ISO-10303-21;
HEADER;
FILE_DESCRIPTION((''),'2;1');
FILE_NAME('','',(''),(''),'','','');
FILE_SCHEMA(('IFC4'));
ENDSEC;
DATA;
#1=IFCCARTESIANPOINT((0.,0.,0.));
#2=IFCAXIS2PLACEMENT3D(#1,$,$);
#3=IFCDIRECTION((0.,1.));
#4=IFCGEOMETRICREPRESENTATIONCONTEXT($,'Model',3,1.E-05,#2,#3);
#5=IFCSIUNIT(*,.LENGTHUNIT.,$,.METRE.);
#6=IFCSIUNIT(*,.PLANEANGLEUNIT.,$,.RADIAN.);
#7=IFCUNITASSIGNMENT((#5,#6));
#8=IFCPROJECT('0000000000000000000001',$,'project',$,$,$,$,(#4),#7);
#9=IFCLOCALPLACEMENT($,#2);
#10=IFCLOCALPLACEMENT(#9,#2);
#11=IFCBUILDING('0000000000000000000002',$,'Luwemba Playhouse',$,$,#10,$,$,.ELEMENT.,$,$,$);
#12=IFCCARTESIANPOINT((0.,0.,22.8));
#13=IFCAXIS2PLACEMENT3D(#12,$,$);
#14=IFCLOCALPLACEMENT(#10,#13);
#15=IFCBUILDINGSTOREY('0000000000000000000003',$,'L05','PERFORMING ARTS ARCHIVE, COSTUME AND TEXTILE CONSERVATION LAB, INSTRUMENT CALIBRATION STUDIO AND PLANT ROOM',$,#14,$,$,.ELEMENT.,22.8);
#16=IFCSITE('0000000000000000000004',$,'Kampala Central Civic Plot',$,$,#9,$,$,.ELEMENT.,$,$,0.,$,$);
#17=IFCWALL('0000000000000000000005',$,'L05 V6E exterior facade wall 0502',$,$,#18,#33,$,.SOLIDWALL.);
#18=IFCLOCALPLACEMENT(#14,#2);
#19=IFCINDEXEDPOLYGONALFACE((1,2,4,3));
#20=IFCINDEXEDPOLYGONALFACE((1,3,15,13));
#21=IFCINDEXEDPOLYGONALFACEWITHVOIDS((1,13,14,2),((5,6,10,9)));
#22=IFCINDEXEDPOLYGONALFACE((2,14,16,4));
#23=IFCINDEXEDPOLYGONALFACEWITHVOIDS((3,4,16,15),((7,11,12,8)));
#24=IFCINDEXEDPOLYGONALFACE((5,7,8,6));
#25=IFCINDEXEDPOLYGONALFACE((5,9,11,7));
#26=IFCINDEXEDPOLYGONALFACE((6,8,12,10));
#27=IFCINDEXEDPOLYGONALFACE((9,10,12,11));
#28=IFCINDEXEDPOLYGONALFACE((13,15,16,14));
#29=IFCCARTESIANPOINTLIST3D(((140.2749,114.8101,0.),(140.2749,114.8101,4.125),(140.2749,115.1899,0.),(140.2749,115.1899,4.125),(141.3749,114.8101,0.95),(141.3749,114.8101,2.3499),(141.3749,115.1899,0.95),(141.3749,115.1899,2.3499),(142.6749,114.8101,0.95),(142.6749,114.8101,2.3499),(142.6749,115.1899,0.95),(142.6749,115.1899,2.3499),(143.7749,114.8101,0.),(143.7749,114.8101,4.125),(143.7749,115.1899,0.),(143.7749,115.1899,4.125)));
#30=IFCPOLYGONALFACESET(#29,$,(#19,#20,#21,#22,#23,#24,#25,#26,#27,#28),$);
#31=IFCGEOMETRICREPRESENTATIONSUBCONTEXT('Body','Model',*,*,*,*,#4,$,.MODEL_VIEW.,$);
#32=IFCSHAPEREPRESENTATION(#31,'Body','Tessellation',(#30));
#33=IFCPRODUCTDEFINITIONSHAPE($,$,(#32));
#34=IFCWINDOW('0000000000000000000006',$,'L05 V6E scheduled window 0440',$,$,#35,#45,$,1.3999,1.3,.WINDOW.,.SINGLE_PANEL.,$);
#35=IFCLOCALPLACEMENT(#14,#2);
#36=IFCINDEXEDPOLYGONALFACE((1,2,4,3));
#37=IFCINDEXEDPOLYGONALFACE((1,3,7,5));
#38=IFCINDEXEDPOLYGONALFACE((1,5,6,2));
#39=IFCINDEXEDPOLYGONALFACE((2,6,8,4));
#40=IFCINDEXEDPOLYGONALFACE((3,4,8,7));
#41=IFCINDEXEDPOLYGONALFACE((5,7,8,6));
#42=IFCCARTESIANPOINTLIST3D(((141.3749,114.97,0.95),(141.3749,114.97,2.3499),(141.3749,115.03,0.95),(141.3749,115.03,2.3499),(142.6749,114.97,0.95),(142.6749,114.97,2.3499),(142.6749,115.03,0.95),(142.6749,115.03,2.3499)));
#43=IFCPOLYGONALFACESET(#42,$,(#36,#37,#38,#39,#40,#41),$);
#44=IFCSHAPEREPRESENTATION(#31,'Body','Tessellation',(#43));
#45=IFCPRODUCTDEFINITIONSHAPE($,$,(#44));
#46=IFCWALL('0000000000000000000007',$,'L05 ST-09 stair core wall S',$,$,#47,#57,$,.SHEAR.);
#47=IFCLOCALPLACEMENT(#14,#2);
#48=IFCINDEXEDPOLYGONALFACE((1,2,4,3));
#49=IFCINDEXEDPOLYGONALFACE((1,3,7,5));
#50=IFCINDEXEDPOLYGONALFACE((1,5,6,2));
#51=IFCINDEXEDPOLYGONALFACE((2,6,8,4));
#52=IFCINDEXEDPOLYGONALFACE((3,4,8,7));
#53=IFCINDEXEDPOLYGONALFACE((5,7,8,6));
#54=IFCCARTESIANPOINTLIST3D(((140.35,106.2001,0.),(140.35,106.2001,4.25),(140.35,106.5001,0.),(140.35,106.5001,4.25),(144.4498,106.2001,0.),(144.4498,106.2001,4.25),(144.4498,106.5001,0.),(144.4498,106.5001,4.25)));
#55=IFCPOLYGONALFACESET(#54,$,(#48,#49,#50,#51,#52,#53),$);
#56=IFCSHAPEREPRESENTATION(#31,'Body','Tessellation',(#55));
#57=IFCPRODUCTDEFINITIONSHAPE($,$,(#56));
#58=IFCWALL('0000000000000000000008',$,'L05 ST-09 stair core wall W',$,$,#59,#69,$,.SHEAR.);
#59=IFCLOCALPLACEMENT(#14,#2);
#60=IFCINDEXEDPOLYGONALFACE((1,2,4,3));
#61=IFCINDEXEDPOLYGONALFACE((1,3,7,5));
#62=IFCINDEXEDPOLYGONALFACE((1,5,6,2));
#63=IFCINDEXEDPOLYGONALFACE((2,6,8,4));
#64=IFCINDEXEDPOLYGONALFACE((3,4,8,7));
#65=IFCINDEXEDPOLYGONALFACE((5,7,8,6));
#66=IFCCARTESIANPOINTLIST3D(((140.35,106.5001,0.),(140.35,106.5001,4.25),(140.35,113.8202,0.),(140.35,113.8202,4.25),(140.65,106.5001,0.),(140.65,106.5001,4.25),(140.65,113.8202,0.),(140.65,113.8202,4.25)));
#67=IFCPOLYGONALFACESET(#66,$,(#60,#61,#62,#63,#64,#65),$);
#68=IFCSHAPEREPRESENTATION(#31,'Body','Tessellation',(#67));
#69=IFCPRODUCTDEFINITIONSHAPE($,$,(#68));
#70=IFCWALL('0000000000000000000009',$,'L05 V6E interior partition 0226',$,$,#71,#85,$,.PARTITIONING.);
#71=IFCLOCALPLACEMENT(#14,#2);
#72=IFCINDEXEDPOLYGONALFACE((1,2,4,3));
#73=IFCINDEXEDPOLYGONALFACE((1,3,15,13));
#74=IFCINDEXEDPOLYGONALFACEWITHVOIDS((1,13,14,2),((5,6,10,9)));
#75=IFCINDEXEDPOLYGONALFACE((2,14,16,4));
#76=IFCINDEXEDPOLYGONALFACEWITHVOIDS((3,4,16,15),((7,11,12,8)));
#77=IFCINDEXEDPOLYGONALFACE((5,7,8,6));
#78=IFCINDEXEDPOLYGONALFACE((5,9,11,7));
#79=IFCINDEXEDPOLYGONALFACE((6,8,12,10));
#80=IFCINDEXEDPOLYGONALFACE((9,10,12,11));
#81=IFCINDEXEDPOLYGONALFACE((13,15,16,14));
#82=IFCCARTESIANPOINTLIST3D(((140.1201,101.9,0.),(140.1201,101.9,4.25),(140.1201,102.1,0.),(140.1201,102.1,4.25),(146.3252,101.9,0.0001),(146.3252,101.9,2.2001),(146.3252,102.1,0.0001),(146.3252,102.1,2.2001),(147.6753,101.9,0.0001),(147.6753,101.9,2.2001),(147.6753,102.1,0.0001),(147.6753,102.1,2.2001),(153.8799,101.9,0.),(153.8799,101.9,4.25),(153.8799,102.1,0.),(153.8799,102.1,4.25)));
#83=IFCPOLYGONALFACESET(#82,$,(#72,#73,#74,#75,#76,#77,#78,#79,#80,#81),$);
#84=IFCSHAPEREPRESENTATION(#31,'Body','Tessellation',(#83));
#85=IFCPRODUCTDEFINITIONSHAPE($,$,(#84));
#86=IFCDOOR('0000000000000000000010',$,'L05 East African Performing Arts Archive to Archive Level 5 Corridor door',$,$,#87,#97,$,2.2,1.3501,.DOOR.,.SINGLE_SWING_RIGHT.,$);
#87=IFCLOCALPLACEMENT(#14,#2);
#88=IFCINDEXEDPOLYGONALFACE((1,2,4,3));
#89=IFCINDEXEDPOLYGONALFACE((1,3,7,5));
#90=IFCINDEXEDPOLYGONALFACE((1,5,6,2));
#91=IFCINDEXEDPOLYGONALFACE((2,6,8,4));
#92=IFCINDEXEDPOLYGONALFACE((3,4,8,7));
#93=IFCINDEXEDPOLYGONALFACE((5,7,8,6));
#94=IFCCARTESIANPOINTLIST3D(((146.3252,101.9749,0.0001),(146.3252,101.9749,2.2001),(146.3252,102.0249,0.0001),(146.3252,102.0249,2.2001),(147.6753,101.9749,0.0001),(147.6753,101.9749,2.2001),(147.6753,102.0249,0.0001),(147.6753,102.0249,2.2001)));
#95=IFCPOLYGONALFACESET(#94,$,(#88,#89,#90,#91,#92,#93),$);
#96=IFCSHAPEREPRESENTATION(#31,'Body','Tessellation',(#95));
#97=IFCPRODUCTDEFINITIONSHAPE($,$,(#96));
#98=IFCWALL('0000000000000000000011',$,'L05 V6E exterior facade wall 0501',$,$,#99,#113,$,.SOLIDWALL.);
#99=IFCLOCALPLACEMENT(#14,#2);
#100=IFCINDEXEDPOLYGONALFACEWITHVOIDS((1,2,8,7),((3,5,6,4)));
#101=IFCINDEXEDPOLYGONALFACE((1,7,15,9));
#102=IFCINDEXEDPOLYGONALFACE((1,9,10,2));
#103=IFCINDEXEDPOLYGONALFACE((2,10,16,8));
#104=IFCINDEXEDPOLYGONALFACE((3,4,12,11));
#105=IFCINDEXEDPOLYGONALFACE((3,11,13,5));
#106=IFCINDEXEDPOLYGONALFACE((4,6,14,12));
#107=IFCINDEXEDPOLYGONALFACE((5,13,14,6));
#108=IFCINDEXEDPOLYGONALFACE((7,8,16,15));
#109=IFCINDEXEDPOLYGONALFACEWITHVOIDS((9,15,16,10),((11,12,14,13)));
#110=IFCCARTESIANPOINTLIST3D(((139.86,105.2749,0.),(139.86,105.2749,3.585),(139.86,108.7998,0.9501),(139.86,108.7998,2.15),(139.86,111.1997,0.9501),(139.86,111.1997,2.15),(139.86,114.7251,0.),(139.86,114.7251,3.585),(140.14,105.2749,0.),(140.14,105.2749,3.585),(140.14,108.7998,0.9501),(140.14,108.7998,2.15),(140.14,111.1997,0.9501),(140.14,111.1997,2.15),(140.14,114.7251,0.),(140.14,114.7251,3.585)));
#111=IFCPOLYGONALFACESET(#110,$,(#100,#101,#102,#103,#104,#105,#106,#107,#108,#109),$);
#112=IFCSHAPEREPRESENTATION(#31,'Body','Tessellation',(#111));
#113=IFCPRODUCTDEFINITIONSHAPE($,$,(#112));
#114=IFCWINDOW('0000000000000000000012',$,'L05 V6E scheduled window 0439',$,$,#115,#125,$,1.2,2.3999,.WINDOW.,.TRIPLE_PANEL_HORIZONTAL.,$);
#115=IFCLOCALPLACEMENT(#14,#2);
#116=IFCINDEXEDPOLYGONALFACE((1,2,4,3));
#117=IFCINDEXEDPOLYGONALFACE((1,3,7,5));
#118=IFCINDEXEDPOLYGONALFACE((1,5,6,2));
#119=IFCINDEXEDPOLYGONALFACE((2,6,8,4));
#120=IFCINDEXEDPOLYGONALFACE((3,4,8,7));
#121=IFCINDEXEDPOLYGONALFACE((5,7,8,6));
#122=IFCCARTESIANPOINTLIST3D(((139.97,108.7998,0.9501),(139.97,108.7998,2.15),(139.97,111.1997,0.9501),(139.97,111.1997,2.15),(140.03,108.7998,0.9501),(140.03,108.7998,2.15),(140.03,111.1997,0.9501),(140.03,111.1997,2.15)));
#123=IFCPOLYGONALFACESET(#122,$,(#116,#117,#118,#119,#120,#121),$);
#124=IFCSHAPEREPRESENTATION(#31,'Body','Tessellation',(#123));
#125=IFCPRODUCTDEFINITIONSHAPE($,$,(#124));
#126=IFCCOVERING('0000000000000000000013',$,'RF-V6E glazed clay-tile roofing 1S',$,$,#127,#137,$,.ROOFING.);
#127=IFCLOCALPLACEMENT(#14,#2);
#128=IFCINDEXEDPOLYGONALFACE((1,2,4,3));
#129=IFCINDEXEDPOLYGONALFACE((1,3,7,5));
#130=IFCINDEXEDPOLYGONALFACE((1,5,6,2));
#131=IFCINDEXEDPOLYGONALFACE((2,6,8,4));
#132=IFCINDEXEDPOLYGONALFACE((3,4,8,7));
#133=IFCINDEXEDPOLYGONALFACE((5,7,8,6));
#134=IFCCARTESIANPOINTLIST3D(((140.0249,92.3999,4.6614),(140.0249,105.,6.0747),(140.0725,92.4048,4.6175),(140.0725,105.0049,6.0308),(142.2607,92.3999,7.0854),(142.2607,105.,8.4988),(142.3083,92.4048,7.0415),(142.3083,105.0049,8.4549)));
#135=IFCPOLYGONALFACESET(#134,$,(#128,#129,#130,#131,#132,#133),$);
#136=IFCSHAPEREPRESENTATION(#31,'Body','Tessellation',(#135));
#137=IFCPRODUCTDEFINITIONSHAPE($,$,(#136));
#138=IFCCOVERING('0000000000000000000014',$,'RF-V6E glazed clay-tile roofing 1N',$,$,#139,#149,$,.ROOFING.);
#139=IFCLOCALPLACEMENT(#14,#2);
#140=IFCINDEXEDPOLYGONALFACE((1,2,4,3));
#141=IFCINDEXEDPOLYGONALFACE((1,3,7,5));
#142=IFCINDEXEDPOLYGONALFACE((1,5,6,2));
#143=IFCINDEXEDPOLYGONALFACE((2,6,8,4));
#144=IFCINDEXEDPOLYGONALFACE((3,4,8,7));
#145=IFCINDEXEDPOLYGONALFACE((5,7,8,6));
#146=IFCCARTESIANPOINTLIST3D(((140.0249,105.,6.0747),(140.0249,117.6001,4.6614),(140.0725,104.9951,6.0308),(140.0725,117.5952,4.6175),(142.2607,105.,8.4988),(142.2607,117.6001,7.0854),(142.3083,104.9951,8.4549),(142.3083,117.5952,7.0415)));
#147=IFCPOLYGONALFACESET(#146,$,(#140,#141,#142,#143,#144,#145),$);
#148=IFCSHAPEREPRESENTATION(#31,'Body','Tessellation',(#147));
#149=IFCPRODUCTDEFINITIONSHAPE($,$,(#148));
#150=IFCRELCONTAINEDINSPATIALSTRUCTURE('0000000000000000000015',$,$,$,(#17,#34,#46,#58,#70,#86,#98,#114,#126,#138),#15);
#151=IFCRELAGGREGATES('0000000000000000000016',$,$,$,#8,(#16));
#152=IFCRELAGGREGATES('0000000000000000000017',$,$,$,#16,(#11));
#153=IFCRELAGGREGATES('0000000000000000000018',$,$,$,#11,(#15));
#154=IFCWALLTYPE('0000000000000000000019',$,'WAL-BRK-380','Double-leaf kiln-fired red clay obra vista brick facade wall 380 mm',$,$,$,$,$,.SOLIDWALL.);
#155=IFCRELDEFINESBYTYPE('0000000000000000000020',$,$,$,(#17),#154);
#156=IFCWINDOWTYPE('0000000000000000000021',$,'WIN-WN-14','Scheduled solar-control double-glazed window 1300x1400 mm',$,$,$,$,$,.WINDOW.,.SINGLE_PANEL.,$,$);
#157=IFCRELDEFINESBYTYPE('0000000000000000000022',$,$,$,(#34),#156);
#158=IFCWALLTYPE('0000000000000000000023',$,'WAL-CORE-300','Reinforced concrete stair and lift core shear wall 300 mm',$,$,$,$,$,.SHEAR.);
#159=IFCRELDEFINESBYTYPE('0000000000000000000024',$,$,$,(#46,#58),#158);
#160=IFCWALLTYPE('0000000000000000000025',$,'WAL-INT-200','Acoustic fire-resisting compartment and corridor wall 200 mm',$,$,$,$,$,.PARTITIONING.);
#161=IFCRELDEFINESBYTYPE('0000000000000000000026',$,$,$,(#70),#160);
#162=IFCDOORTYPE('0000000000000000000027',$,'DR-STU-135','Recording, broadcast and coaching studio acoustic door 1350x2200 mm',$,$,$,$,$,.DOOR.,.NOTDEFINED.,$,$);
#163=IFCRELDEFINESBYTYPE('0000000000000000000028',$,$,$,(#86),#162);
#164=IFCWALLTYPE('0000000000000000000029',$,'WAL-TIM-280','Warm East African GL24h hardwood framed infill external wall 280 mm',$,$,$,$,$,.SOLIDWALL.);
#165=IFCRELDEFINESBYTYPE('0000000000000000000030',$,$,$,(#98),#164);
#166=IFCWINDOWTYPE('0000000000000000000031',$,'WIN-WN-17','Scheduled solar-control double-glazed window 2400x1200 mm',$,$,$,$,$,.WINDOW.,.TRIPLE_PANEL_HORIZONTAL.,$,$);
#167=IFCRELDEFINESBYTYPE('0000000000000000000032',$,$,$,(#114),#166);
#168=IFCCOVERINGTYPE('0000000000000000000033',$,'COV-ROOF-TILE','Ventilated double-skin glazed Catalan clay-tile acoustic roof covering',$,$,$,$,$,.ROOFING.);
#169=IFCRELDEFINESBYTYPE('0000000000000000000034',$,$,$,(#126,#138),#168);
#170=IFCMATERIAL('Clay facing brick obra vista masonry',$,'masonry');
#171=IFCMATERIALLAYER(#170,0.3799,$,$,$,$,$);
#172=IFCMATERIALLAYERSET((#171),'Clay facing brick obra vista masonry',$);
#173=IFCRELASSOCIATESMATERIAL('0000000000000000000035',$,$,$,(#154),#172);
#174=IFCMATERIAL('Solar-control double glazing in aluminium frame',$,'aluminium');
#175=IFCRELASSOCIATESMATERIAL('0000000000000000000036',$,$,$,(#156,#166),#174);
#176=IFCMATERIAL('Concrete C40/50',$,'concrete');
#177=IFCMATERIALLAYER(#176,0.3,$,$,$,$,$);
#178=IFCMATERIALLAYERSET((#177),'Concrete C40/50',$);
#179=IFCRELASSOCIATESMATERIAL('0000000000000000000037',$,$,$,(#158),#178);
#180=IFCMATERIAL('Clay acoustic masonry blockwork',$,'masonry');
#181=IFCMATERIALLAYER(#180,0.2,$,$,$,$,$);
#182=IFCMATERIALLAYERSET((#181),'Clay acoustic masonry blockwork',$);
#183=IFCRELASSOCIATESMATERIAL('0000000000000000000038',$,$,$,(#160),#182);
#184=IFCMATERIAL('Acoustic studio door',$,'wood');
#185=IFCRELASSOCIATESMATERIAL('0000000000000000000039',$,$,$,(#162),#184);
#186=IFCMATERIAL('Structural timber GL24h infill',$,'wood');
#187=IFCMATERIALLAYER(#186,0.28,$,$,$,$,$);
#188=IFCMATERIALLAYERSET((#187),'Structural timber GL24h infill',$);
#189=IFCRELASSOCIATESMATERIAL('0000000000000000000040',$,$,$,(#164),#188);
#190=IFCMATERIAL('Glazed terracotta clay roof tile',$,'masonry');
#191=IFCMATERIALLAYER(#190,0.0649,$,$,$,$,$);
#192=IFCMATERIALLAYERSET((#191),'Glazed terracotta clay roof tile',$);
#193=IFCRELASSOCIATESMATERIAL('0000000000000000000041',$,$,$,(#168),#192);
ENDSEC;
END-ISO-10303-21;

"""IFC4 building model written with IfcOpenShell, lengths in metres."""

from ifc_helpers import new_model, si_unit, direction, frame, frame_2d, origin, place, context, subcontext, project, spatial, polyline, rectangle, outline, extrude, material, layer, layer_set, type_object, element, fill, save


model = new_model("IFC4")

# Units and contexts
model_context = context("Model", 3, precision=1e-05, world=origin(), true_north=direction((0.0, 1.0)))
body_context = subcontext(model_context, "Body", "Model", "MODEL_VIEW")
ifc_project = project(units=[si_unit("LENGTHUNIT", "METRE"), si_unit("PLANEANGLEUNIT", "RADIAN")], contexts=[model_context])

# Site, building, storey
site_placement = place(None, origin())
site = spatial("IfcSite", under=ifc_project, at=site_placement, Name="Kampala Central Civic Plot", CompositionType="ELEMENT", RefElevation=0.0)
building_placement = place(site_placement, origin())
building = spatial("IfcBuilding", under=site, at=building_placement, Name="Luwemba Playhouse", CompositionType="ELEMENT")
storey_placement = place(building_placement, frame((0.0, 0.0, 22.8)))
storey = spatial("IfcBuildingStorey", under=building, at=storey_placement, Name="L05", Description="PERFORMING ARTS ARCHIVE, COSTUME AND TEXTILE CONSERVATION LAB, INSTRUMENT CALIBRATION STUDIO AND PLANT ROOM", CompositionType="ELEMENT", Elevation=22.8)

# Shared definitions
ifc_material_1 = material(Name="Concrete C40/50", Category="concrete")

# Shared definitions
ifc_material_2 = material(Name="Clay facing brick obra vista masonry", Category="masonry")
ifc_layer_1 = layer(ifc_material_2, 0.3799)
ifc_layer_set_1 = layer_set([ifc_layer_1], Name="Clay facing brick obra vista masonry")
wall_type_1 = type_object("IfcWallType", Name="WAL-BRK-380", Description="Double-leaf kiln-fired red clay obra vista brick facade wall 380 mm", PredefinedType="SOLIDWALL", material=ifc_layer_set_1)

# Wall, opening, window
wall_1_placement = place(storey_placement, frame((140.2749, 115.0, 0.0), z_axis=(0.0, 0.0, 1.0), x_axis=(1.0, 0.0, 0.0)))
wall_1 = element("IfcWall", 1, at=wall_1_placement, inside=storey, type_object=wall_type_1, Name="L05 V6E exterior facade wall 0502", PredefinedType="SOLIDWALL", context=body_context, shape_type="SweptSolid", body=[
    extrude(rectangle(XDim=3.5, YDim=0.3799, at=frame_2d((1.75, 0.0))), origin(), (0.0, 0.0, 1.0), 4.125),
])
opening_1_placement = place(wall_1_placement, frame((1.1001, 0.0, 0.95)))
opening_1 = element("IfcOpeningElement", 2, at=opening_1_placement, cuts=wall_1, PredefinedType="OPENING", context=body_context, shape_type="SweptSolid", body=[
    extrude(rectangle(XDim=1.3, YDim=1.3999, at=frame_2d((0.6499, 0.7))), frame((0.0, 0.2, 0.0), z_axis=(0.0, -1.0, 0.0), x_axis=(1.0, 0.0, 0.0)), (0.0, 0.0, 1.0), 0.3999),
])
ifc_material_3 = material(Name="Solar-control double glazing in aluminium frame", Category="aluminium")
window_type_1 = type_object("IfcWindowType", Name="WIN-WN-14", Description="Scheduled solar-control double-glazed window 1300x1400 mm", PartitioningType="SINGLE_PANEL", PredefinedType="WINDOW", material=ifc_material_3)
window_1_placement = place(opening_1_placement, origin())
window_1 = element("IfcWindow", 3, at=window_1_placement, inside=storey, type_object=window_type_1, Name="L05 V6E scheduled window 0440", OverallHeight=1.3999, OverallWidth=1.3, PartitioningType="SINGLE_PANEL", PredefinedType="WINDOW", context=body_context, shape_type="SweptSolid", body=[
    extrude(rectangle(XDim=1.3, YDim=1.3999, at=frame_2d((0.6499, 0.7))), frame((0.0, 0.03, 0.0), z_axis=(0.0, -1.0, 0.0), x_axis=(1.0, 0.0, 0.0)), (0.0, 0.0, 1.0), 0.0601),
])
fill(opening_1, window_1)

# Walls
ifc_layer_2 = layer(ifc_material_1, 0.3)
ifc_layer_set_2 = layer_set([ifc_layer_2], Name="Concrete C40/50")
wall_type_2 = type_object("IfcWallType", Name="WAL-CORE-300", Description="Reinforced concrete stair and lift core shear wall 300 mm", PredefinedType="SHEAR", material=ifc_layer_set_2)
wall_2_placement = place(storey_placement, frame((140.3501, 106.3501, 0.0), z_axis=(0.0, 0.0, 1.0), x_axis=(1.0, 0.0, 0.0)))
element("IfcWall", 4, at=wall_2_placement, inside=storey, type_object=wall_type_2, Name="L05 ST-09 stair core wall S", PredefinedType="SHEAR", context=body_context, shape_type="SweptSolid", body=[
    extrude(rectangle(XDim=4.0999, YDim=0.3, at=frame_2d((2.0498, 0.0))), origin(), (0.0, 0.0, 1.0), 4.25),
])
wall_3_placement = place(storey_placement, frame((140.5, 106.5, 0.0), z_axis=(0.0, 0.0, 1.0), x_axis=(0.0, 1.0, 0.0)))
element("IfcWall", 5, at=wall_3_placement, inside=storey, type_object=wall_type_2, Name="L05 ST-09 stair core wall W", PredefinedType="SHEAR", context=body_context, shape_type="SweptSolid", body=[
    extrude(rectangle(XDim=7.3201, YDim=0.3, at=frame_2d((3.6602, 0.0))), origin(), (0.0, 0.0, 1.0), 4.25),
])

# Wall, opening, door
ifc_material_4 = material(Name="Clay acoustic masonry blockwork", Category="masonry")
ifc_layer_3 = layer(ifc_material_4, 0.2)
ifc_layer_set_3 = layer_set([ifc_layer_3], Name="Clay acoustic masonry blockwork")
wall_type_3 = type_object("IfcWallType", Name="WAL-INT-200", Description="Acoustic fire-resisting compartment and corridor wall 200 mm", PredefinedType="PARTITIONING", material=ifc_layer_set_3)
wall_4_placement = place(storey_placement, frame((140.1201, 102.0, 0.0), z_axis=(0.0, 0.0, 1.0), x_axis=(1.0, 0.0, 0.0)))
wall_4 = element("IfcWall", 6, at=wall_4_placement, inside=storey, type_object=wall_type_3, Name="L05 V6E interior partition 0226", PredefinedType="PARTITIONING", context=body_context, shape_type="SweptSolid", body=[
    extrude(rectangle(XDim=13.7598, YDim=0.2, at=frame_2d((6.8799, 0.0))), origin(), (0.0, 0.0, 1.0), 4.25),
])
opening_2_placement = place(wall_4_placement, frame((6.2051, 0.0, 0.0)))
opening_2 = element("IfcOpeningElement", 7, at=opening_2_placement, cuts=wall_4, PredefinedType="OPENING", context=body_context, shape_type="SweptSolid", body=[
    extrude(rectangle(XDim=1.3501, YDim=2.2, at=frame_2d((0.675, 1.1001))), frame((0.0, 0.1099, 0.0), z_axis=(0.0, -1.0, 0.0), x_axis=(1.0, 0.0, 0.0)), (0.0, 0.0, 1.0), 0.22),
])
ifc_material_5 = material(Name="Acoustic studio door", Category="wood")
door_type_1 = type_object("IfcDoorType", Name="DR-STU-135", Description="Recording, broadcast and coaching studio acoustic door 1350x2200 mm", OperationType="NOTDEFINED", PredefinedType="DOOR", material=ifc_material_5)
door_1_placement = place(opening_2_placement, origin())
door_1 = element("IfcDoor", 8, at=door_1_placement, inside=storey, type_object=door_type_1, Name="L05 East African Performing Arts Archive to Archive Level 5 Corridor door", OperationType="SINGLE_SWING_RIGHT", OverallHeight=2.2, OverallWidth=1.3501, PredefinedType="DOOR", context=body_context, shape_type="SweptSolid", body=[
    extrude(rectangle(XDim=1.3501, YDim=2.2, at=frame_2d((0.675, 1.1001))), frame((0.0, 0.0249, 0.0), z_axis=(0.0, -1.0, 0.0), x_axis=(1.0, 0.0, 0.0)), (0.0, 0.0, 1.0), 0.05),
])
fill(opening_2, door_1)

# Wall, opening, window
ifc_material_6 = material(Name="Structural timber GL24h infill", Category="wood")
ifc_layer_4 = layer(ifc_material_6, 0.28)
ifc_layer_set_4 = layer_set([ifc_layer_4], Name="Structural timber GL24h infill")
wall_type_4 = type_object("IfcWallType", Name="WAL-TIM-280", Description="Warm East African GL24h hardwood framed infill external wall 280 mm", PredefinedType="SOLIDWALL", material=ifc_layer_set_4)
wall_5_placement = place(storey_placement, frame((140.0, 105.2749, 0.0), z_axis=(0.0, 0.0, 1.0), x_axis=(0.0, 1.0, 0.0)))
wall_5 = element("IfcWall", 9, at=wall_5_placement, inside=storey, type_object=wall_type_4, Name="L05 V6E exterior facade wall 0501", PredefinedType="SOLIDWALL", context=body_context, shape_type="SweptSolid", body=[
    extrude(rectangle(XDim=9.4502, YDim=0.28, at=frame_2d((4.7251, 0.0))), origin(), (0.0, 0.0, 1.0), 3.585),
])
opening_3_placement = place(wall_5_placement, frame((3.5249, 0.0, 0.95)))
opening_3 = element("IfcOpeningElement", 10, at=opening_3_placement, cuts=wall_5, PredefinedType="OPENING", context=body_context, shape_type="SweptSolid", body=[
    extrude(rectangle(XDim=2.3999, YDim=1.2, at=frame_2d((1.2, 0.6001))), frame((0.0, 0.1499, 0.0), z_axis=(0.0, -1.0, 0.0), x_axis=(1.0, 0.0, 0.0)), (0.0, 0.0, 1.0), 0.3),
])
window_type_2 = type_object("IfcWindowType", Name="WIN-WN-17", Description="Scheduled solar-control double-glazed window 2400x1200 mm", PartitioningType="TRIPLE_PANEL_HORIZONTAL", PredefinedType="WINDOW", material=ifc_material_3)
window_2_placement = place(opening_3_placement, origin())
window_2 = element("IfcWindow", 11, at=window_2_placement, inside=storey, type_object=window_type_2, Name="L05 V6E scheduled window 0439", OverallHeight=1.2, OverallWidth=2.3999, PartitioningType="TRIPLE_PANEL_HORIZONTAL", PredefinedType="WINDOW", context=body_context, shape_type="SweptSolid", body=[
    extrude(rectangle(XDim=2.3999, YDim=1.2, at=frame_2d((1.2, 0.6001))), frame((0.0, 0.03, 0.0), z_axis=(0.0, -1.0, 0.0), x_axis=(1.0, 0.0, 0.0)), (0.0, 0.0, 1.0), 0.0601),
])
fill(opening_3, window_2)

# Coverings
ifc_material_7 = material(Name="Glazed terracotta clay roof tile", Category="masonry")
ifc_layer_5 = layer(ifc_material_7, 0.0649)
ifc_layer_set_5 = layer_set([ifc_layer_5], Name="Glazed terracotta clay roof tile")
covering_type_1 = type_object("IfcCoveringType", Name="COV-ROOF-TILE", Description="Ventilated double-skin glazed Catalan clay-tile acoustic roof covering", PredefinedType="ROOFING", material=ifc_layer_set_5)
covering_1_placement = place(storey_placement, frame((140.0249, 92.3999, 4.6614), z_axis=(-0.732954, -0.07583, 0.676039), x_axis=(0.677991, 0.0, 0.73507)))
element("IfcCovering", 12, at=covering_1_placement, inside=storey, type_object=covering_type_1, Name="RF-V6E glazed clay-tile roofing 1S", PredefinedType="ROOFING", context=body_context, shape_type="SweptSolid", body=[
    extrude(outline(polyline([(0.0, 0.0), (3.2977, 0.0), (4.3366, 12.6365), (1.0389, 12.6365), (0.0, 0.0)])), origin(), (0.0, 0.0, -1.0), 0.0649),
])
covering_2_placement = place(storey_placement, frame((140.0249, 105.0, 6.0747), z_axis=(-0.732954, 0.07583, 0.676039), x_axis=(0.677991, 0.0, 0.73507)))
element("IfcCovering", 13, at=covering_2_placement, inside=storey, type_object=covering_type_1, Name="RF-V6E glazed clay-tile roofing 1N", PredefinedType="ROOFING", context=body_context, shape_type="SweptSolid", body=[
    extrude(outline(polyline([(0.0, 0.0), (3.2977, 0.0), (2.2588, 12.6365), (-1.0389, 12.6365), (0.0, 0.0)])), origin(), (0.0, 0.0, -1.0), 0.0649),
])

save(model, "model.ifc")
